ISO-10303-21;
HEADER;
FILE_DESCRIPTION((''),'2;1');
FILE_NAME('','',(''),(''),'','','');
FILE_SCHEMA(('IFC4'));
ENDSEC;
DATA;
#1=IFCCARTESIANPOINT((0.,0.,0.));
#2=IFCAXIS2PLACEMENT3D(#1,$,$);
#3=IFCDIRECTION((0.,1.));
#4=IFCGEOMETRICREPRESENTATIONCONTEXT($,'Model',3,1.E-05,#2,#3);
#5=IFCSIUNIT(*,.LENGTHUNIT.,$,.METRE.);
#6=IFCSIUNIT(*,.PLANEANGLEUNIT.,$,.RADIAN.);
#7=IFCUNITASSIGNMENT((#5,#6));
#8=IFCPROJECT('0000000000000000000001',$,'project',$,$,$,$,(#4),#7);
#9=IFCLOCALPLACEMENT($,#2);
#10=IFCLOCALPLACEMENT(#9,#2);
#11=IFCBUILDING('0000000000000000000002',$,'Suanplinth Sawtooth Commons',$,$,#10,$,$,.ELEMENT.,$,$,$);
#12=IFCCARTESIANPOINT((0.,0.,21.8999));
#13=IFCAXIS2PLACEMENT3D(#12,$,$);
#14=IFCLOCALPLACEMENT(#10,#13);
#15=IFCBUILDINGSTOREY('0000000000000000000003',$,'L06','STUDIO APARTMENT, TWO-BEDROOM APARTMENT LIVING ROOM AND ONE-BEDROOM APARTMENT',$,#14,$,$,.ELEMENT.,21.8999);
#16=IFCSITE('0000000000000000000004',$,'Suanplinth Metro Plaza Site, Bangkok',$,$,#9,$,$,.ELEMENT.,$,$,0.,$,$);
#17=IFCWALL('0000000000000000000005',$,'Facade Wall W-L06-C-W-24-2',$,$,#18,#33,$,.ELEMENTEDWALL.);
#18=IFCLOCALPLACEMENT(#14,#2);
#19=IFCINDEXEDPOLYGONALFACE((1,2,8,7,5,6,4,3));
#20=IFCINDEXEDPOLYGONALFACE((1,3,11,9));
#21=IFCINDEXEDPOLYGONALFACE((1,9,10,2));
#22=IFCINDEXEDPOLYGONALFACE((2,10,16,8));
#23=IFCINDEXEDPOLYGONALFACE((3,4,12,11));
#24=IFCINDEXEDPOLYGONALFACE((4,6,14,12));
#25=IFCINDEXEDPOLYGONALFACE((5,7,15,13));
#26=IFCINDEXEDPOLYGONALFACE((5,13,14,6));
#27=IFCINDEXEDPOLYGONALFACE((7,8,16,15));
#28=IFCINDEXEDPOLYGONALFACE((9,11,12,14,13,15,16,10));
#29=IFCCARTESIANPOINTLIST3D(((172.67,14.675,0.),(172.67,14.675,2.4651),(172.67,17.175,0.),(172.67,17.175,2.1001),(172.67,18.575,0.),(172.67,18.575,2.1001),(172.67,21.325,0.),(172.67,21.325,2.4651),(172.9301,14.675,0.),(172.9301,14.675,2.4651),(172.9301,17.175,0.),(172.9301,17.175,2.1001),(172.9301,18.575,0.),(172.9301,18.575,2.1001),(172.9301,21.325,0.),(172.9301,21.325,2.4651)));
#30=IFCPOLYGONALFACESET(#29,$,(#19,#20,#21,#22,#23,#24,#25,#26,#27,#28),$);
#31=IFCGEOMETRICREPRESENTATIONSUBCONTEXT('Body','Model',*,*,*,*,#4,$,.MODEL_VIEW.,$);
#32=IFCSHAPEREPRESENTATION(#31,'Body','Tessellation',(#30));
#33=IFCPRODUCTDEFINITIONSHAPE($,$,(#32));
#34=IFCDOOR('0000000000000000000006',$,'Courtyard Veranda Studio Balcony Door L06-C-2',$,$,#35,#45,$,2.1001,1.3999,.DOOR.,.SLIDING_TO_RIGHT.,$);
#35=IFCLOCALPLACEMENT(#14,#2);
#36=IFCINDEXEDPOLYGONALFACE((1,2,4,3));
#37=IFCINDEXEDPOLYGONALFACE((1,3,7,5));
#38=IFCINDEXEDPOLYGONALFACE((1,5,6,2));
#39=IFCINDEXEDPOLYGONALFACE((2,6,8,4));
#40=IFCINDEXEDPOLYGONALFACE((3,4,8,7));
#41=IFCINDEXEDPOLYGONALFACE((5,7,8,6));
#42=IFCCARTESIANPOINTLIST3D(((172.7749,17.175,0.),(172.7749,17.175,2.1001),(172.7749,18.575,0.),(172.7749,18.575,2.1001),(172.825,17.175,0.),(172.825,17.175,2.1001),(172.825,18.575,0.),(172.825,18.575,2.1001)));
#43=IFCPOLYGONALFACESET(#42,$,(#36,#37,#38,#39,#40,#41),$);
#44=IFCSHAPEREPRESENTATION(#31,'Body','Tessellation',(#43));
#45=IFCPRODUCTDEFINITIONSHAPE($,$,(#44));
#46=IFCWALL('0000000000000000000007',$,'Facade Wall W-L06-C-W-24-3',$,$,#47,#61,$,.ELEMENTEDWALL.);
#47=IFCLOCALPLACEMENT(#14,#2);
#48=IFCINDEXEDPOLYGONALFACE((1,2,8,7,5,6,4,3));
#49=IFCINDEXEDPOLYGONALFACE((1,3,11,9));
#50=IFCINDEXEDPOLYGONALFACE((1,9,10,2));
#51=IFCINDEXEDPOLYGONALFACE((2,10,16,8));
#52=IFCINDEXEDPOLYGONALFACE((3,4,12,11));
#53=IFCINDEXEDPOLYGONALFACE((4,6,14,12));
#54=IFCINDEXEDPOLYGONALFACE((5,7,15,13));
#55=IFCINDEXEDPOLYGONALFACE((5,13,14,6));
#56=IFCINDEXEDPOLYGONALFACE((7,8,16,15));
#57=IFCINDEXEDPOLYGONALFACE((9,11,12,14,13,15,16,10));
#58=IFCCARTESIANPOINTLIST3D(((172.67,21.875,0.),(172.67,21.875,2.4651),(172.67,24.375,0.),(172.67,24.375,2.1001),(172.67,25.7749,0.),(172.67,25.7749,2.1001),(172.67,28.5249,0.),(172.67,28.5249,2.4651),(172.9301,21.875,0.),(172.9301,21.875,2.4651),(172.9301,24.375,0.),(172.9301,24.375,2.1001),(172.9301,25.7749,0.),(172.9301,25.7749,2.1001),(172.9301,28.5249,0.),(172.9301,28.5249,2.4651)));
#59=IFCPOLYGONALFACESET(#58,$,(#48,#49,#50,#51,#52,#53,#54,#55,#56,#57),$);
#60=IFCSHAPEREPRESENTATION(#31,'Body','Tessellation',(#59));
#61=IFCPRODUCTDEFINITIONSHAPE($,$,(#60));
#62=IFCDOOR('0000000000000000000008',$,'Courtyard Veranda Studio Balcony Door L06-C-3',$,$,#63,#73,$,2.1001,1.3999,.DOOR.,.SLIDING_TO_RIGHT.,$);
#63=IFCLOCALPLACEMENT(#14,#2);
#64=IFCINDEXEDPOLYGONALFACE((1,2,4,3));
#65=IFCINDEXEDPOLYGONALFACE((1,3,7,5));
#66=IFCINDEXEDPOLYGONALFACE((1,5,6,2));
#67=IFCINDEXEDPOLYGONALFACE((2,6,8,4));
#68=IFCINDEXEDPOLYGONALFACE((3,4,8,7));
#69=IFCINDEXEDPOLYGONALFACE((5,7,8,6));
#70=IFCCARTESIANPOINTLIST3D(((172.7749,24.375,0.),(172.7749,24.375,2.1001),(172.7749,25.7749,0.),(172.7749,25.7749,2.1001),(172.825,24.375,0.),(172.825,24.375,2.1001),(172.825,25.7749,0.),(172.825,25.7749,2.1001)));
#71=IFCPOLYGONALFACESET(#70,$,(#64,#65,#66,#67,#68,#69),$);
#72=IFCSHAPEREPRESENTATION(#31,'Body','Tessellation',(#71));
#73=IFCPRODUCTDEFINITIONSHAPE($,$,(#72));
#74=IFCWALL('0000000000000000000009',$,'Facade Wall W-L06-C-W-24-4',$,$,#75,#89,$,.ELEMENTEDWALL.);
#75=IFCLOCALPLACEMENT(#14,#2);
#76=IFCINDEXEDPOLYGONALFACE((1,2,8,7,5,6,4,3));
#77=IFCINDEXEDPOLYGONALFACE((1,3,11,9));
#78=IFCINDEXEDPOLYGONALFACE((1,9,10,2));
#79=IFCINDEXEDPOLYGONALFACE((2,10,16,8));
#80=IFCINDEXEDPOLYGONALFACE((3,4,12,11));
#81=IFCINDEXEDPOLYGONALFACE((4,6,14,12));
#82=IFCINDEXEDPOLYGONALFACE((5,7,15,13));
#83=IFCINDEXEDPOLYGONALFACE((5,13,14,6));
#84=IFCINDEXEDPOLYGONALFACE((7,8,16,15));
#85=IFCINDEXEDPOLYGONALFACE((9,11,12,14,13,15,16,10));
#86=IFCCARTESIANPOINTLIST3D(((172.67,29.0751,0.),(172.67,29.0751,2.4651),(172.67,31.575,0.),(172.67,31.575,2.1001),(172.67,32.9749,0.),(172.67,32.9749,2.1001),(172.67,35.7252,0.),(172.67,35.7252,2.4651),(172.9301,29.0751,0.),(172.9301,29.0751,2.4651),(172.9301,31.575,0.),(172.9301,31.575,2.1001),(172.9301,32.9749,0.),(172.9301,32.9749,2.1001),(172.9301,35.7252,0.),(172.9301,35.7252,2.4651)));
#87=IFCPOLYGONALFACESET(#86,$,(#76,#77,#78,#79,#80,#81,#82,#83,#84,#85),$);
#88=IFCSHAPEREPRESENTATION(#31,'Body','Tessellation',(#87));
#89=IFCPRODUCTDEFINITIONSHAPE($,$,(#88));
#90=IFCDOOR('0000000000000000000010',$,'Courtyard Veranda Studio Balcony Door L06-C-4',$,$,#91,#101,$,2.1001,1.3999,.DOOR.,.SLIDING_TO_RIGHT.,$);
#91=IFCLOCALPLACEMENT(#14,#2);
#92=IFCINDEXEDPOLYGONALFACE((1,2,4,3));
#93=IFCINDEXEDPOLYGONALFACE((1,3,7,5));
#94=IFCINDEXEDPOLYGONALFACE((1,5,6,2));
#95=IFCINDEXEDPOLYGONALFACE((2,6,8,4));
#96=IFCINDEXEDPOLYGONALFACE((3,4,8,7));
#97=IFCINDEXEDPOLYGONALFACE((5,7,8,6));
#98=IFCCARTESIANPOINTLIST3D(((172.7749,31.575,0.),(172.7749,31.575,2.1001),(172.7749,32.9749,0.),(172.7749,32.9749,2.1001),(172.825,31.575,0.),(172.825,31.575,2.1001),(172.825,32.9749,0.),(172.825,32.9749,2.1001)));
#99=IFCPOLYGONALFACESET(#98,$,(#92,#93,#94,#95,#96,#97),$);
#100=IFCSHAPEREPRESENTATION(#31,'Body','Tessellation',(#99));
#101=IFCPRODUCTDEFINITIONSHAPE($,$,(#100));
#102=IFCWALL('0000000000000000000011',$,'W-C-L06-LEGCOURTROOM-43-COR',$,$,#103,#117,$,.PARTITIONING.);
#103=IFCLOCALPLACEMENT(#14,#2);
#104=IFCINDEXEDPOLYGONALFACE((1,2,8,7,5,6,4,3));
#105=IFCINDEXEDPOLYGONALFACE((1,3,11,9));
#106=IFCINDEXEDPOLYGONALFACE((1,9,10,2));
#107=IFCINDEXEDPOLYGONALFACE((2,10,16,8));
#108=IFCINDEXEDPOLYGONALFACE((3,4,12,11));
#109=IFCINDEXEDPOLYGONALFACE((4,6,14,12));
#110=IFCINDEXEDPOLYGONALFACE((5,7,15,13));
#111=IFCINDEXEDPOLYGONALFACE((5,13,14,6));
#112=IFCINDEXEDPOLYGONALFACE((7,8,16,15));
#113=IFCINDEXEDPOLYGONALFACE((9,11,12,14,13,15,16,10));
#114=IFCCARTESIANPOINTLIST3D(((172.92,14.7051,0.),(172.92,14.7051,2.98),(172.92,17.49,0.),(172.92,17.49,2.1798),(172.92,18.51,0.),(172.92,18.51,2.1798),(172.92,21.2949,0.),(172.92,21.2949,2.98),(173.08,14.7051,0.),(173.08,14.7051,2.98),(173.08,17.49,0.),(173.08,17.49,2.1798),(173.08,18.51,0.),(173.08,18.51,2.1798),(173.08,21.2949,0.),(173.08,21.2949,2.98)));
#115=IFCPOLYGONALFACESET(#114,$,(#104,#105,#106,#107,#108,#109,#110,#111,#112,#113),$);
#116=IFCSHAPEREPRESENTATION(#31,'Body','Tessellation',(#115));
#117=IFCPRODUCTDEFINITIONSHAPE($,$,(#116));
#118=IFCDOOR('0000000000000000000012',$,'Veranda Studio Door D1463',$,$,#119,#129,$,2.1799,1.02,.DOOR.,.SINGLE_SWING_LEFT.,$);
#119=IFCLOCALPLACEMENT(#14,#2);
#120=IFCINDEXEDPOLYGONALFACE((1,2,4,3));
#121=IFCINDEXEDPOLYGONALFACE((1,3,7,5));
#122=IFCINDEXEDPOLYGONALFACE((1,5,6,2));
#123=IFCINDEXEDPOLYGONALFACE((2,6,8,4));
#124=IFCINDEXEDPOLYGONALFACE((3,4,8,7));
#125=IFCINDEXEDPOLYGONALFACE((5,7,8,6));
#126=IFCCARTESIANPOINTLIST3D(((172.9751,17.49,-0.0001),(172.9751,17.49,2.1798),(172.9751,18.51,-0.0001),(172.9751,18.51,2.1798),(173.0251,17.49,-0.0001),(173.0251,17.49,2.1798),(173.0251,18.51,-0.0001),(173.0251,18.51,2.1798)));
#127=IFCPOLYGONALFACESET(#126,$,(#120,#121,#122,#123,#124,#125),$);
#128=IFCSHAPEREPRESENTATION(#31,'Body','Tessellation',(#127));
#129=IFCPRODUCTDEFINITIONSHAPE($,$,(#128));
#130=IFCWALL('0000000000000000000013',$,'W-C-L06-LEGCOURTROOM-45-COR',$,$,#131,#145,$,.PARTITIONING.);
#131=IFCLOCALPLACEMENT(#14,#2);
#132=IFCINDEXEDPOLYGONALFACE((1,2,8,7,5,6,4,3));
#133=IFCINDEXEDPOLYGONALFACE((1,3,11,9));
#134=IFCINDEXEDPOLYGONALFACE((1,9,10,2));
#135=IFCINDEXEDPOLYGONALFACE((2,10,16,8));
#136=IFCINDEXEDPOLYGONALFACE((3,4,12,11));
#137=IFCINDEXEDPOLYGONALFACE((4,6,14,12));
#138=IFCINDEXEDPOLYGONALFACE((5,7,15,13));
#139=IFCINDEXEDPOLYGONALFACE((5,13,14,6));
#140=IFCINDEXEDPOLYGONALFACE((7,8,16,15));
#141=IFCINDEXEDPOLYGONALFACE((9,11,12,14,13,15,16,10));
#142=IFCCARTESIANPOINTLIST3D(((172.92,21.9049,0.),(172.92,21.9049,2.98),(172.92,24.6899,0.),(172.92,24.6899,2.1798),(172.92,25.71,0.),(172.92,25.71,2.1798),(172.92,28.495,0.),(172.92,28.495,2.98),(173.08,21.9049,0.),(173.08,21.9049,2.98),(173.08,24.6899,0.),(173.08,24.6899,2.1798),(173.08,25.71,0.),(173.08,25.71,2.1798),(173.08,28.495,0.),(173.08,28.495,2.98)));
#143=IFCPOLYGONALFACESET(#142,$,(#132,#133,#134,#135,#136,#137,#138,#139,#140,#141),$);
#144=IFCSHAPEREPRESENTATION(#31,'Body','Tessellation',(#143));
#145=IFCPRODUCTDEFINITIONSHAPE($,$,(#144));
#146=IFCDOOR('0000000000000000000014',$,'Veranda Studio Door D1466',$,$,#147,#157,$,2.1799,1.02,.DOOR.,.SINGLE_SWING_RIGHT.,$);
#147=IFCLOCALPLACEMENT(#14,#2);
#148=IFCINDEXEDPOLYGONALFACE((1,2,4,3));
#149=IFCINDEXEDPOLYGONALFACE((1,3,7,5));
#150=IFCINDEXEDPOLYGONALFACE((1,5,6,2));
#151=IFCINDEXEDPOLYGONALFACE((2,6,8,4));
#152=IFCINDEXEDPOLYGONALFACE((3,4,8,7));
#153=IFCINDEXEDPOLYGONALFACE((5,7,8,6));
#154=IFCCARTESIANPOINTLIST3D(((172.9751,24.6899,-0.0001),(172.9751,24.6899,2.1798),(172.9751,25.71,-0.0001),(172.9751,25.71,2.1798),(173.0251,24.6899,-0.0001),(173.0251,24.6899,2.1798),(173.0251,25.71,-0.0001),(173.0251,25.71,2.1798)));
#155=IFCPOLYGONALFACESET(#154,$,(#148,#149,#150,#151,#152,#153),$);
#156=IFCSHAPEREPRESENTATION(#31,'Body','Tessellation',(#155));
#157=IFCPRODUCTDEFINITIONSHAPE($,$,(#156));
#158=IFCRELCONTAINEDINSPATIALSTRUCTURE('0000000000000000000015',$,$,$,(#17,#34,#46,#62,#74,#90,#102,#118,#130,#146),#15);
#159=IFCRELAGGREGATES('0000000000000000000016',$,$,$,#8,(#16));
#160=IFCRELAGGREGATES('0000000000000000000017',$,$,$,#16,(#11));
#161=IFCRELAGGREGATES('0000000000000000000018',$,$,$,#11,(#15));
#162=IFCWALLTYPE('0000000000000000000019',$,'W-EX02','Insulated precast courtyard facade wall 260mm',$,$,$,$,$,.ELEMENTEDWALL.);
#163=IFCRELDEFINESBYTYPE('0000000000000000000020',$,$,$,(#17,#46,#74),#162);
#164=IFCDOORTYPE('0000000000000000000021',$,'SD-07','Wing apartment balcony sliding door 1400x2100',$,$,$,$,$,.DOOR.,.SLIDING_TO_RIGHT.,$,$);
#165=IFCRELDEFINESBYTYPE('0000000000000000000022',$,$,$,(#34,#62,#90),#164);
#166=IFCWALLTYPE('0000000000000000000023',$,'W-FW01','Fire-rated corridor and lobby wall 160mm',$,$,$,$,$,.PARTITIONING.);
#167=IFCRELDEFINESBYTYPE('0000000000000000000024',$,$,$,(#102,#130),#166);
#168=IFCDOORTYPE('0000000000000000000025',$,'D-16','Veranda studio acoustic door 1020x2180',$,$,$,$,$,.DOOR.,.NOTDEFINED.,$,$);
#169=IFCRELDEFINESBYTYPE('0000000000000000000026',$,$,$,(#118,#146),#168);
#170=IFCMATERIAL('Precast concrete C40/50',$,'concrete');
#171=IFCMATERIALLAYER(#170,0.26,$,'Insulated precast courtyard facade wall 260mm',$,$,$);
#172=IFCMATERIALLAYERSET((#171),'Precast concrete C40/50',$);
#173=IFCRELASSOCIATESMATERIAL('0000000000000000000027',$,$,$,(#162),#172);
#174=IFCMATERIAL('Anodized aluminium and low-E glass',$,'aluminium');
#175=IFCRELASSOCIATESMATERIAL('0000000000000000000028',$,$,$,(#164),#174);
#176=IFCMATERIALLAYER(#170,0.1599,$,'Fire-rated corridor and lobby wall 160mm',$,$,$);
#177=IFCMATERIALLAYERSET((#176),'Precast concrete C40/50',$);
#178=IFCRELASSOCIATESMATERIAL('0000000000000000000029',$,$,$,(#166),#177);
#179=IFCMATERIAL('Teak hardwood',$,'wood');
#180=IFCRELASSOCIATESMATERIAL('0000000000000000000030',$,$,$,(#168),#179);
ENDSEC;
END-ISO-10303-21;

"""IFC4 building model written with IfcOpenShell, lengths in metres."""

from ifc_helpers import new_model, si_unit, direction, frame, frame_2d, origin, place, context, subcontext, project, spatial, rectangle, extrude, material, layer, layer_set, type_object, element, fill, save


model = new_model("IFC4")

# Units and contexts
model_context = context("Model", 3, precision=1e-05, world=origin(), true_north=direction((0.0, 1.0)))
body_context = subcontext(model_context, "Body", "Model", "MODEL_VIEW")
ifc_project = project(units=[si_unit("LENGTHUNIT", "METRE"), si_unit("PLANEANGLEUNIT", "RADIAN")], contexts=[model_context])

# Site, building, storey
site_placement = place(None, origin())
site = spatial("IfcSite", under=ifc_project, at=site_placement, Name="Suanplinth Metro Plaza Site, Bangkok", CompositionType="ELEMENT", RefElevation=0.0)
building_placement = place(site_placement, origin())
building = spatial("IfcBuilding", under=site, at=building_placement, Name="Suanplinth Sawtooth Commons", CompositionType="ELEMENT")
storey_placement = place(building_placement, frame((0.0, 0.0, 21.8999)))
storey = spatial("IfcBuildingStorey", under=building, at=storey_placement, Name="L06", Description="STUDIO APARTMENT, TWO-BEDROOM APARTMENT LIVING ROOM AND ONE-BEDROOM APARTMENT", CompositionType="ELEMENT", Elevation=21.8999)

# Shared definitions
ifc_material_1 = material(Name="Precast concrete C40/50", Category="concrete")

# Walls, openings, doors
ifc_layer_1 = layer(ifc_material_1, 0.26, Name="Insulated precast courtyard facade wall 260mm")
ifc_layer_set_1 = layer_set([ifc_layer_1], Name="Precast concrete C40/50")
wall_type_1 = type_object("IfcWallType", Name="W-EX02", Description="Insulated precast courtyard facade wall 260mm", PredefinedType="ELEMENTEDWALL", material=ifc_layer_set_1)
wall_1_placement = place(storey_placement, frame((172.8, 14.675, 0.0), z_axis=(0.0, 0.0, 1.0), x_axis=(0.0, 1.0, 0.0)))
wall_1 = element("IfcWall", 1, at=wall_1_placement, inside=storey, type_object=wall_type_1, Name="Facade Wall W-L06-C-W-24-2", PredefinedType="ELEMENTEDWALL", context=body_context, shape_type="SweptSolid", body=[
    extrude(rectangle(XDim=6.6499, YDim=0.26, at=frame_2d((3.325, 0.0))), origin(), (0.0, 0.0, 1.0), 2.4651),
])
opening_1_placement = place(wall_1_placement, frame((2.5, 0.0, 0.0)))
opening_1 = element("IfcOpeningElement", 2, at=opening_1_placement, cuts=wall_1, PredefinedType="OPENING", context=body_context, shape_type="SweptSolid", body=[
    extrude(rectangle(XDim=1.3999, YDim=2.1001, at=frame_2d((0.7, 1.05))), frame((0.0, 0.145, 0.0), z_axis=(0.0, -1.0, 0.0), x_axis=(1.0, 0.0, 0.0)), (0.0, 0.0, 1.0), 0.2898),
])
ifc_material_2 = material(Name="Anodized aluminium and low-E glass", Category="aluminium")
door_type_1 = type_object("IfcDoorType", Name="SD-07", Description="Wing apartment balcony sliding door 1400x2100", OperationType="SLIDING_TO_RIGHT", PredefinedType="DOOR", material=ifc_material_2)
door_1_placement = place(opening_1_placement, frame((1.3999, 0.0, 0.0), z_axis=(0.0, 0.0, 1.0), x_axis=(-1.0, 0.0, 0.0)))
door_1 = element("IfcDoor", 3, at=door_1_placement, inside=storey, type_object=door_type_1, Name="Courtyard Veranda Studio Balcony Door L06-C-2", OperationType="SLIDING_TO_RIGHT", OverallHeight=2.1001, OverallWidth=1.3999, PredefinedType="DOOR", context=body_context, shape_type="SweptSolid", body=[
    extrude(rectangle(XDim=1.3999, YDim=2.1001, at=frame_2d((0.7, 1.05))), frame((0.0, 0.0249, 0.0), z_axis=(0.0, -1.0, 0.0), x_axis=(1.0, 0.0, 0.0)), (0.0, 0.0, 1.0), 0.05),
])
fill(opening_1, door_1)
wall_2_placement = place(storey_placement, frame((172.8, 21.875, 0.0), z_axis=(0.0, 0.0, 1.0), x_axis=(0.0, 1.0, 0.0)))
wall_2 = element("IfcWall", 4, at=wall_2_placement, inside=storey, type_object=wall_type_1, Name="Facade Wall W-L06-C-W-24-3", PredefinedType="ELEMENTEDWALL", context=body_context, shape_type="SweptSolid", body=[
    extrude(rectangle(XDim=6.6499, YDim=0.26, at=frame_2d((3.325, 0.0))), origin(), (0.0, 0.0, 1.0), 2.4651),
])
opening_2_placement = place(wall_2_placement, frame((2.5, 0.0, 0.0)))
opening_2 = element("IfcOpeningElement", 5, at=opening_2_placement, cuts=wall_2, PredefinedType="OPENING", context=body_context, shape_type="SweptSolid", body=[
    extrude(rectangle(XDim=1.3999, YDim=2.1001, at=frame_2d((0.7, 1.05))), frame((0.0, 0.145, 0.0), z_axis=(0.0, -1.0, 0.0), x_axis=(1.0, 0.0, 0.0)), (0.0, 0.0, 1.0), 0.2898),
])
door_2_placement = place(opening_2_placement, frame((1.3999, 0.0, 0.0), z_axis=(0.0, 0.0, 1.0), x_axis=(-1.0, 0.0, 0.0)))
door_2 = element("IfcDoor", 6, at=door_2_placement, inside=storey, type_object=door_type_1, Name="Courtyard Veranda Studio Balcony Door L06-C-3", OperationType="SLIDING_TO_RIGHT", OverallHeight=2.1001, OverallWidth=1.3999, PredefinedType="DOOR", context=body_context, shape_type="SweptSolid", body=[
    extrude(rectangle(XDim=1.3999, YDim=2.1001, at=frame_2d((0.7, 1.05))), frame((0.0, 0.0249, 0.0), z_axis=(0.0, -1.0, 0.0), x_axis=(1.0, 0.0, 0.0)), (0.0, 0.0, 1.0), 0.05),
])
fill(opening_2, door_2)
wall_3_placement = place(storey_placement, frame((172.8, 29.075, 0.0), z_axis=(0.0, 0.0, 1.0), x_axis=(0.0, 1.0, 0.0)))
wall_3 = element("IfcWall", 7, at=wall_3_placement, inside=storey, type_object=wall_type_1, Name="Facade Wall W-L06-C-W-24-4", PredefinedType="ELEMENTEDWALL", context=body_context, shape_type="SweptSolid", body=[
    extrude(rectangle(XDim=6.6501, YDim=0.26, at=frame_2d((3.3252, 0.0))), origin(), (0.0, 0.0, 1.0), 2.4651),
])
opening_3_placement = place(wall_3_placement, frame((2.5, 0.0, 0.0)))
opening_3 = element("IfcOpeningElement", 8, at=opening_3_placement, cuts=wall_3, PredefinedType="OPENING", context=body_context, shape_type="SweptSolid", body=[
    extrude(rectangle(XDim=1.3999, YDim=2.1001, at=frame_2d((0.7, 1.05))), frame((0.0, 0.145, 0.0), z_axis=(0.0, -1.0, 0.0), x_axis=(1.0, 0.0, 0.0)), (0.0, 0.0, 1.0), 0.2898),
])
door_3_placement = place(opening_3_placement, frame((1.3999, 0.0, 0.0), z_axis=(0.0, 0.0, 1.0), x_axis=(-1.0, 0.0, 0.0)))
door_3 = element("IfcDoor", 9, at=door_3_placement, inside=storey, type_object=door_type_1, Name="Courtyard Veranda Studio Balcony Door L06-C-4", OperationType="SLIDING_TO_RIGHT", OverallHeight=2.1001, OverallWidth=1.3999, PredefinedType="DOOR", context=body_context, shape_type="SweptSolid", body=[
    extrude(rectangle(XDim=1.3999, YDim=2.1001, at=frame_2d((0.7, 1.05))), frame((0.0, 0.0249, 0.0), z_axis=(0.0, -1.0, 0.0), x_axis=(1.0, 0.0, 0.0)), (0.0, 0.0, 1.0), 0.05),
])
fill(opening_3, door_3)
ifc_layer_2 = layer(ifc_material_1, 0.1599, Name="Fire-rated corridor and lobby wall 160mm")
ifc_layer_set_2 = layer_set([ifc_layer_2], Name="Precast concrete C40/50")
wall_type_2 = type_object("IfcWallType", Name="W-FW01", Description="Fire-rated corridor and lobby wall 160mm", PredefinedType="PARTITIONING", material=ifc_layer_set_2)
wall_4_placement = place(storey_placement, frame((173.0, 14.7051, 0.0), z_axis=(0.0, 0.0, 1.0), x_axis=(0.0, 1.0, 0.0)))
wall_4 = element("IfcWall", 10, at=wall_4_placement, inside=storey, type_object=wall_type_2, Name="W-C-L06-LEGCOURTROOM-43-COR", PredefinedType="PARTITIONING", context=body_context, shape_type="SweptSolid", body=[
    extrude(rectangle(XDim=6.5898, YDim=0.1599, at=frame_2d((3.2949, 0.0))), origin(), (0.0, 0.0, 1.0), 2.98),
])
opening_4_placement = place(wall_4_placement, frame((2.7849, 0.0, 0.0)))
opening_4 = element("IfcOpeningElement", 11, at=opening_4_placement, cuts=wall_4, PredefinedType="OPENING", context=body_context, shape_type="SweptSolid", body=[
    extrude(rectangle(XDim=1.02, YDim=2.1799, at=frame_2d((0.51, 1.0898))), frame((0.0, 0.0947, 0.0), z_axis=(0.0, -1.0, 0.0), x_axis=(1.0, 0.0, 0.0)), (0.0, 0.0, 1.0), 0.1897),
])
ifc_material_3 = material(Name="Teak hardwood", Category="wood")
door_type_2 = type_object("IfcDoorType", Name="D-16", Description="Veranda studio acoustic door 1020x2180", OperationType="NOTDEFINED", PredefinedType="DOOR", material=ifc_material_3)
door_4_placement = place(opening_4_placement, origin())
door_4 = element("IfcDoor", 12, at=door_4_placement, inside=storey, type_object=door_type_2, Name="Veranda Studio Door D1463", OperationType="SINGLE_SWING_LEFT", OverallHeight=2.1799, OverallWidth=1.02, PredefinedType="DOOR", context=body_context, shape_type="SweptSolid", body=[
    extrude(rectangle(XDim=1.02, YDim=2.1799, at=frame_2d((0.51, 1.0898))), frame((0.0, 0.0249, 0.0), z_axis=(0.0, -1.0, 0.0), x_axis=(1.0, 0.0, 0.0)), (0.0, 0.0, 1.0), 0.05),
])
fill(opening_4, door_4)
wall_5_placement = place(storey_placement, frame((173.0, 21.905, 0.0), z_axis=(0.0, 0.0, 1.0), x_axis=(0.0, 1.0, 0.0)))
wall_5 = element("IfcWall", 13, at=wall_5_placement, inside=storey, type_object=wall_type_2, Name="W-C-L06-LEGCOURTROOM-45-COR", PredefinedType="PARTITIONING", context=body_context, shape_type="SweptSolid", body=[
    extrude(rectangle(XDim=6.5901, YDim=0.1599, at=frame_2d((3.2949, 0.0))), origin(), (0.0, 0.0, 1.0), 2.98),
])
opening_5_placement = place(wall_5_placement, frame((2.7849, 0.0, 0.0)))
opening_5 = element("IfcOpeningElement", 14, at=opening_5_placement, cuts=wall_5, PredefinedType="OPENING", context=body_context, shape_type="SweptSolid", body=[
    extrude(rectangle(XDim=1.02, YDim=2.1799, at=frame_2d((0.51, 1.0898))), frame((0.0, 0.0947, 0.0), z_axis=(0.0, -1.0, 0.0), x_axis=(1.0, 0.0, 0.0)), (0.0, 0.0, 1.0), 0.1897),
])
door_5_placement = place(opening_5_placement, origin())
door_5 = element("IfcDoor", 15, at=door_5_placement, inside=storey, type_object=door_type_2, Name="Veranda Studio Door D1466", OperationType="SINGLE_SWING_RIGHT", OverallHeight=2.1799, OverallWidth=1.02, PredefinedType="DOOR", context=body_context, shape_type="SweptSolid", body=[
    extrude(rectangle(XDim=1.02, YDim=2.1799, at=frame_2d((0.51, 1.0898))), frame((0.0, 0.0249, 0.0), z_axis=(0.0, -1.0, 0.0), x_axis=(1.0, 0.0, 0.0)), (0.0, 0.0, 1.0), 0.05),
])
fill(opening_5, door_5)

save(model, "model.ifc")
